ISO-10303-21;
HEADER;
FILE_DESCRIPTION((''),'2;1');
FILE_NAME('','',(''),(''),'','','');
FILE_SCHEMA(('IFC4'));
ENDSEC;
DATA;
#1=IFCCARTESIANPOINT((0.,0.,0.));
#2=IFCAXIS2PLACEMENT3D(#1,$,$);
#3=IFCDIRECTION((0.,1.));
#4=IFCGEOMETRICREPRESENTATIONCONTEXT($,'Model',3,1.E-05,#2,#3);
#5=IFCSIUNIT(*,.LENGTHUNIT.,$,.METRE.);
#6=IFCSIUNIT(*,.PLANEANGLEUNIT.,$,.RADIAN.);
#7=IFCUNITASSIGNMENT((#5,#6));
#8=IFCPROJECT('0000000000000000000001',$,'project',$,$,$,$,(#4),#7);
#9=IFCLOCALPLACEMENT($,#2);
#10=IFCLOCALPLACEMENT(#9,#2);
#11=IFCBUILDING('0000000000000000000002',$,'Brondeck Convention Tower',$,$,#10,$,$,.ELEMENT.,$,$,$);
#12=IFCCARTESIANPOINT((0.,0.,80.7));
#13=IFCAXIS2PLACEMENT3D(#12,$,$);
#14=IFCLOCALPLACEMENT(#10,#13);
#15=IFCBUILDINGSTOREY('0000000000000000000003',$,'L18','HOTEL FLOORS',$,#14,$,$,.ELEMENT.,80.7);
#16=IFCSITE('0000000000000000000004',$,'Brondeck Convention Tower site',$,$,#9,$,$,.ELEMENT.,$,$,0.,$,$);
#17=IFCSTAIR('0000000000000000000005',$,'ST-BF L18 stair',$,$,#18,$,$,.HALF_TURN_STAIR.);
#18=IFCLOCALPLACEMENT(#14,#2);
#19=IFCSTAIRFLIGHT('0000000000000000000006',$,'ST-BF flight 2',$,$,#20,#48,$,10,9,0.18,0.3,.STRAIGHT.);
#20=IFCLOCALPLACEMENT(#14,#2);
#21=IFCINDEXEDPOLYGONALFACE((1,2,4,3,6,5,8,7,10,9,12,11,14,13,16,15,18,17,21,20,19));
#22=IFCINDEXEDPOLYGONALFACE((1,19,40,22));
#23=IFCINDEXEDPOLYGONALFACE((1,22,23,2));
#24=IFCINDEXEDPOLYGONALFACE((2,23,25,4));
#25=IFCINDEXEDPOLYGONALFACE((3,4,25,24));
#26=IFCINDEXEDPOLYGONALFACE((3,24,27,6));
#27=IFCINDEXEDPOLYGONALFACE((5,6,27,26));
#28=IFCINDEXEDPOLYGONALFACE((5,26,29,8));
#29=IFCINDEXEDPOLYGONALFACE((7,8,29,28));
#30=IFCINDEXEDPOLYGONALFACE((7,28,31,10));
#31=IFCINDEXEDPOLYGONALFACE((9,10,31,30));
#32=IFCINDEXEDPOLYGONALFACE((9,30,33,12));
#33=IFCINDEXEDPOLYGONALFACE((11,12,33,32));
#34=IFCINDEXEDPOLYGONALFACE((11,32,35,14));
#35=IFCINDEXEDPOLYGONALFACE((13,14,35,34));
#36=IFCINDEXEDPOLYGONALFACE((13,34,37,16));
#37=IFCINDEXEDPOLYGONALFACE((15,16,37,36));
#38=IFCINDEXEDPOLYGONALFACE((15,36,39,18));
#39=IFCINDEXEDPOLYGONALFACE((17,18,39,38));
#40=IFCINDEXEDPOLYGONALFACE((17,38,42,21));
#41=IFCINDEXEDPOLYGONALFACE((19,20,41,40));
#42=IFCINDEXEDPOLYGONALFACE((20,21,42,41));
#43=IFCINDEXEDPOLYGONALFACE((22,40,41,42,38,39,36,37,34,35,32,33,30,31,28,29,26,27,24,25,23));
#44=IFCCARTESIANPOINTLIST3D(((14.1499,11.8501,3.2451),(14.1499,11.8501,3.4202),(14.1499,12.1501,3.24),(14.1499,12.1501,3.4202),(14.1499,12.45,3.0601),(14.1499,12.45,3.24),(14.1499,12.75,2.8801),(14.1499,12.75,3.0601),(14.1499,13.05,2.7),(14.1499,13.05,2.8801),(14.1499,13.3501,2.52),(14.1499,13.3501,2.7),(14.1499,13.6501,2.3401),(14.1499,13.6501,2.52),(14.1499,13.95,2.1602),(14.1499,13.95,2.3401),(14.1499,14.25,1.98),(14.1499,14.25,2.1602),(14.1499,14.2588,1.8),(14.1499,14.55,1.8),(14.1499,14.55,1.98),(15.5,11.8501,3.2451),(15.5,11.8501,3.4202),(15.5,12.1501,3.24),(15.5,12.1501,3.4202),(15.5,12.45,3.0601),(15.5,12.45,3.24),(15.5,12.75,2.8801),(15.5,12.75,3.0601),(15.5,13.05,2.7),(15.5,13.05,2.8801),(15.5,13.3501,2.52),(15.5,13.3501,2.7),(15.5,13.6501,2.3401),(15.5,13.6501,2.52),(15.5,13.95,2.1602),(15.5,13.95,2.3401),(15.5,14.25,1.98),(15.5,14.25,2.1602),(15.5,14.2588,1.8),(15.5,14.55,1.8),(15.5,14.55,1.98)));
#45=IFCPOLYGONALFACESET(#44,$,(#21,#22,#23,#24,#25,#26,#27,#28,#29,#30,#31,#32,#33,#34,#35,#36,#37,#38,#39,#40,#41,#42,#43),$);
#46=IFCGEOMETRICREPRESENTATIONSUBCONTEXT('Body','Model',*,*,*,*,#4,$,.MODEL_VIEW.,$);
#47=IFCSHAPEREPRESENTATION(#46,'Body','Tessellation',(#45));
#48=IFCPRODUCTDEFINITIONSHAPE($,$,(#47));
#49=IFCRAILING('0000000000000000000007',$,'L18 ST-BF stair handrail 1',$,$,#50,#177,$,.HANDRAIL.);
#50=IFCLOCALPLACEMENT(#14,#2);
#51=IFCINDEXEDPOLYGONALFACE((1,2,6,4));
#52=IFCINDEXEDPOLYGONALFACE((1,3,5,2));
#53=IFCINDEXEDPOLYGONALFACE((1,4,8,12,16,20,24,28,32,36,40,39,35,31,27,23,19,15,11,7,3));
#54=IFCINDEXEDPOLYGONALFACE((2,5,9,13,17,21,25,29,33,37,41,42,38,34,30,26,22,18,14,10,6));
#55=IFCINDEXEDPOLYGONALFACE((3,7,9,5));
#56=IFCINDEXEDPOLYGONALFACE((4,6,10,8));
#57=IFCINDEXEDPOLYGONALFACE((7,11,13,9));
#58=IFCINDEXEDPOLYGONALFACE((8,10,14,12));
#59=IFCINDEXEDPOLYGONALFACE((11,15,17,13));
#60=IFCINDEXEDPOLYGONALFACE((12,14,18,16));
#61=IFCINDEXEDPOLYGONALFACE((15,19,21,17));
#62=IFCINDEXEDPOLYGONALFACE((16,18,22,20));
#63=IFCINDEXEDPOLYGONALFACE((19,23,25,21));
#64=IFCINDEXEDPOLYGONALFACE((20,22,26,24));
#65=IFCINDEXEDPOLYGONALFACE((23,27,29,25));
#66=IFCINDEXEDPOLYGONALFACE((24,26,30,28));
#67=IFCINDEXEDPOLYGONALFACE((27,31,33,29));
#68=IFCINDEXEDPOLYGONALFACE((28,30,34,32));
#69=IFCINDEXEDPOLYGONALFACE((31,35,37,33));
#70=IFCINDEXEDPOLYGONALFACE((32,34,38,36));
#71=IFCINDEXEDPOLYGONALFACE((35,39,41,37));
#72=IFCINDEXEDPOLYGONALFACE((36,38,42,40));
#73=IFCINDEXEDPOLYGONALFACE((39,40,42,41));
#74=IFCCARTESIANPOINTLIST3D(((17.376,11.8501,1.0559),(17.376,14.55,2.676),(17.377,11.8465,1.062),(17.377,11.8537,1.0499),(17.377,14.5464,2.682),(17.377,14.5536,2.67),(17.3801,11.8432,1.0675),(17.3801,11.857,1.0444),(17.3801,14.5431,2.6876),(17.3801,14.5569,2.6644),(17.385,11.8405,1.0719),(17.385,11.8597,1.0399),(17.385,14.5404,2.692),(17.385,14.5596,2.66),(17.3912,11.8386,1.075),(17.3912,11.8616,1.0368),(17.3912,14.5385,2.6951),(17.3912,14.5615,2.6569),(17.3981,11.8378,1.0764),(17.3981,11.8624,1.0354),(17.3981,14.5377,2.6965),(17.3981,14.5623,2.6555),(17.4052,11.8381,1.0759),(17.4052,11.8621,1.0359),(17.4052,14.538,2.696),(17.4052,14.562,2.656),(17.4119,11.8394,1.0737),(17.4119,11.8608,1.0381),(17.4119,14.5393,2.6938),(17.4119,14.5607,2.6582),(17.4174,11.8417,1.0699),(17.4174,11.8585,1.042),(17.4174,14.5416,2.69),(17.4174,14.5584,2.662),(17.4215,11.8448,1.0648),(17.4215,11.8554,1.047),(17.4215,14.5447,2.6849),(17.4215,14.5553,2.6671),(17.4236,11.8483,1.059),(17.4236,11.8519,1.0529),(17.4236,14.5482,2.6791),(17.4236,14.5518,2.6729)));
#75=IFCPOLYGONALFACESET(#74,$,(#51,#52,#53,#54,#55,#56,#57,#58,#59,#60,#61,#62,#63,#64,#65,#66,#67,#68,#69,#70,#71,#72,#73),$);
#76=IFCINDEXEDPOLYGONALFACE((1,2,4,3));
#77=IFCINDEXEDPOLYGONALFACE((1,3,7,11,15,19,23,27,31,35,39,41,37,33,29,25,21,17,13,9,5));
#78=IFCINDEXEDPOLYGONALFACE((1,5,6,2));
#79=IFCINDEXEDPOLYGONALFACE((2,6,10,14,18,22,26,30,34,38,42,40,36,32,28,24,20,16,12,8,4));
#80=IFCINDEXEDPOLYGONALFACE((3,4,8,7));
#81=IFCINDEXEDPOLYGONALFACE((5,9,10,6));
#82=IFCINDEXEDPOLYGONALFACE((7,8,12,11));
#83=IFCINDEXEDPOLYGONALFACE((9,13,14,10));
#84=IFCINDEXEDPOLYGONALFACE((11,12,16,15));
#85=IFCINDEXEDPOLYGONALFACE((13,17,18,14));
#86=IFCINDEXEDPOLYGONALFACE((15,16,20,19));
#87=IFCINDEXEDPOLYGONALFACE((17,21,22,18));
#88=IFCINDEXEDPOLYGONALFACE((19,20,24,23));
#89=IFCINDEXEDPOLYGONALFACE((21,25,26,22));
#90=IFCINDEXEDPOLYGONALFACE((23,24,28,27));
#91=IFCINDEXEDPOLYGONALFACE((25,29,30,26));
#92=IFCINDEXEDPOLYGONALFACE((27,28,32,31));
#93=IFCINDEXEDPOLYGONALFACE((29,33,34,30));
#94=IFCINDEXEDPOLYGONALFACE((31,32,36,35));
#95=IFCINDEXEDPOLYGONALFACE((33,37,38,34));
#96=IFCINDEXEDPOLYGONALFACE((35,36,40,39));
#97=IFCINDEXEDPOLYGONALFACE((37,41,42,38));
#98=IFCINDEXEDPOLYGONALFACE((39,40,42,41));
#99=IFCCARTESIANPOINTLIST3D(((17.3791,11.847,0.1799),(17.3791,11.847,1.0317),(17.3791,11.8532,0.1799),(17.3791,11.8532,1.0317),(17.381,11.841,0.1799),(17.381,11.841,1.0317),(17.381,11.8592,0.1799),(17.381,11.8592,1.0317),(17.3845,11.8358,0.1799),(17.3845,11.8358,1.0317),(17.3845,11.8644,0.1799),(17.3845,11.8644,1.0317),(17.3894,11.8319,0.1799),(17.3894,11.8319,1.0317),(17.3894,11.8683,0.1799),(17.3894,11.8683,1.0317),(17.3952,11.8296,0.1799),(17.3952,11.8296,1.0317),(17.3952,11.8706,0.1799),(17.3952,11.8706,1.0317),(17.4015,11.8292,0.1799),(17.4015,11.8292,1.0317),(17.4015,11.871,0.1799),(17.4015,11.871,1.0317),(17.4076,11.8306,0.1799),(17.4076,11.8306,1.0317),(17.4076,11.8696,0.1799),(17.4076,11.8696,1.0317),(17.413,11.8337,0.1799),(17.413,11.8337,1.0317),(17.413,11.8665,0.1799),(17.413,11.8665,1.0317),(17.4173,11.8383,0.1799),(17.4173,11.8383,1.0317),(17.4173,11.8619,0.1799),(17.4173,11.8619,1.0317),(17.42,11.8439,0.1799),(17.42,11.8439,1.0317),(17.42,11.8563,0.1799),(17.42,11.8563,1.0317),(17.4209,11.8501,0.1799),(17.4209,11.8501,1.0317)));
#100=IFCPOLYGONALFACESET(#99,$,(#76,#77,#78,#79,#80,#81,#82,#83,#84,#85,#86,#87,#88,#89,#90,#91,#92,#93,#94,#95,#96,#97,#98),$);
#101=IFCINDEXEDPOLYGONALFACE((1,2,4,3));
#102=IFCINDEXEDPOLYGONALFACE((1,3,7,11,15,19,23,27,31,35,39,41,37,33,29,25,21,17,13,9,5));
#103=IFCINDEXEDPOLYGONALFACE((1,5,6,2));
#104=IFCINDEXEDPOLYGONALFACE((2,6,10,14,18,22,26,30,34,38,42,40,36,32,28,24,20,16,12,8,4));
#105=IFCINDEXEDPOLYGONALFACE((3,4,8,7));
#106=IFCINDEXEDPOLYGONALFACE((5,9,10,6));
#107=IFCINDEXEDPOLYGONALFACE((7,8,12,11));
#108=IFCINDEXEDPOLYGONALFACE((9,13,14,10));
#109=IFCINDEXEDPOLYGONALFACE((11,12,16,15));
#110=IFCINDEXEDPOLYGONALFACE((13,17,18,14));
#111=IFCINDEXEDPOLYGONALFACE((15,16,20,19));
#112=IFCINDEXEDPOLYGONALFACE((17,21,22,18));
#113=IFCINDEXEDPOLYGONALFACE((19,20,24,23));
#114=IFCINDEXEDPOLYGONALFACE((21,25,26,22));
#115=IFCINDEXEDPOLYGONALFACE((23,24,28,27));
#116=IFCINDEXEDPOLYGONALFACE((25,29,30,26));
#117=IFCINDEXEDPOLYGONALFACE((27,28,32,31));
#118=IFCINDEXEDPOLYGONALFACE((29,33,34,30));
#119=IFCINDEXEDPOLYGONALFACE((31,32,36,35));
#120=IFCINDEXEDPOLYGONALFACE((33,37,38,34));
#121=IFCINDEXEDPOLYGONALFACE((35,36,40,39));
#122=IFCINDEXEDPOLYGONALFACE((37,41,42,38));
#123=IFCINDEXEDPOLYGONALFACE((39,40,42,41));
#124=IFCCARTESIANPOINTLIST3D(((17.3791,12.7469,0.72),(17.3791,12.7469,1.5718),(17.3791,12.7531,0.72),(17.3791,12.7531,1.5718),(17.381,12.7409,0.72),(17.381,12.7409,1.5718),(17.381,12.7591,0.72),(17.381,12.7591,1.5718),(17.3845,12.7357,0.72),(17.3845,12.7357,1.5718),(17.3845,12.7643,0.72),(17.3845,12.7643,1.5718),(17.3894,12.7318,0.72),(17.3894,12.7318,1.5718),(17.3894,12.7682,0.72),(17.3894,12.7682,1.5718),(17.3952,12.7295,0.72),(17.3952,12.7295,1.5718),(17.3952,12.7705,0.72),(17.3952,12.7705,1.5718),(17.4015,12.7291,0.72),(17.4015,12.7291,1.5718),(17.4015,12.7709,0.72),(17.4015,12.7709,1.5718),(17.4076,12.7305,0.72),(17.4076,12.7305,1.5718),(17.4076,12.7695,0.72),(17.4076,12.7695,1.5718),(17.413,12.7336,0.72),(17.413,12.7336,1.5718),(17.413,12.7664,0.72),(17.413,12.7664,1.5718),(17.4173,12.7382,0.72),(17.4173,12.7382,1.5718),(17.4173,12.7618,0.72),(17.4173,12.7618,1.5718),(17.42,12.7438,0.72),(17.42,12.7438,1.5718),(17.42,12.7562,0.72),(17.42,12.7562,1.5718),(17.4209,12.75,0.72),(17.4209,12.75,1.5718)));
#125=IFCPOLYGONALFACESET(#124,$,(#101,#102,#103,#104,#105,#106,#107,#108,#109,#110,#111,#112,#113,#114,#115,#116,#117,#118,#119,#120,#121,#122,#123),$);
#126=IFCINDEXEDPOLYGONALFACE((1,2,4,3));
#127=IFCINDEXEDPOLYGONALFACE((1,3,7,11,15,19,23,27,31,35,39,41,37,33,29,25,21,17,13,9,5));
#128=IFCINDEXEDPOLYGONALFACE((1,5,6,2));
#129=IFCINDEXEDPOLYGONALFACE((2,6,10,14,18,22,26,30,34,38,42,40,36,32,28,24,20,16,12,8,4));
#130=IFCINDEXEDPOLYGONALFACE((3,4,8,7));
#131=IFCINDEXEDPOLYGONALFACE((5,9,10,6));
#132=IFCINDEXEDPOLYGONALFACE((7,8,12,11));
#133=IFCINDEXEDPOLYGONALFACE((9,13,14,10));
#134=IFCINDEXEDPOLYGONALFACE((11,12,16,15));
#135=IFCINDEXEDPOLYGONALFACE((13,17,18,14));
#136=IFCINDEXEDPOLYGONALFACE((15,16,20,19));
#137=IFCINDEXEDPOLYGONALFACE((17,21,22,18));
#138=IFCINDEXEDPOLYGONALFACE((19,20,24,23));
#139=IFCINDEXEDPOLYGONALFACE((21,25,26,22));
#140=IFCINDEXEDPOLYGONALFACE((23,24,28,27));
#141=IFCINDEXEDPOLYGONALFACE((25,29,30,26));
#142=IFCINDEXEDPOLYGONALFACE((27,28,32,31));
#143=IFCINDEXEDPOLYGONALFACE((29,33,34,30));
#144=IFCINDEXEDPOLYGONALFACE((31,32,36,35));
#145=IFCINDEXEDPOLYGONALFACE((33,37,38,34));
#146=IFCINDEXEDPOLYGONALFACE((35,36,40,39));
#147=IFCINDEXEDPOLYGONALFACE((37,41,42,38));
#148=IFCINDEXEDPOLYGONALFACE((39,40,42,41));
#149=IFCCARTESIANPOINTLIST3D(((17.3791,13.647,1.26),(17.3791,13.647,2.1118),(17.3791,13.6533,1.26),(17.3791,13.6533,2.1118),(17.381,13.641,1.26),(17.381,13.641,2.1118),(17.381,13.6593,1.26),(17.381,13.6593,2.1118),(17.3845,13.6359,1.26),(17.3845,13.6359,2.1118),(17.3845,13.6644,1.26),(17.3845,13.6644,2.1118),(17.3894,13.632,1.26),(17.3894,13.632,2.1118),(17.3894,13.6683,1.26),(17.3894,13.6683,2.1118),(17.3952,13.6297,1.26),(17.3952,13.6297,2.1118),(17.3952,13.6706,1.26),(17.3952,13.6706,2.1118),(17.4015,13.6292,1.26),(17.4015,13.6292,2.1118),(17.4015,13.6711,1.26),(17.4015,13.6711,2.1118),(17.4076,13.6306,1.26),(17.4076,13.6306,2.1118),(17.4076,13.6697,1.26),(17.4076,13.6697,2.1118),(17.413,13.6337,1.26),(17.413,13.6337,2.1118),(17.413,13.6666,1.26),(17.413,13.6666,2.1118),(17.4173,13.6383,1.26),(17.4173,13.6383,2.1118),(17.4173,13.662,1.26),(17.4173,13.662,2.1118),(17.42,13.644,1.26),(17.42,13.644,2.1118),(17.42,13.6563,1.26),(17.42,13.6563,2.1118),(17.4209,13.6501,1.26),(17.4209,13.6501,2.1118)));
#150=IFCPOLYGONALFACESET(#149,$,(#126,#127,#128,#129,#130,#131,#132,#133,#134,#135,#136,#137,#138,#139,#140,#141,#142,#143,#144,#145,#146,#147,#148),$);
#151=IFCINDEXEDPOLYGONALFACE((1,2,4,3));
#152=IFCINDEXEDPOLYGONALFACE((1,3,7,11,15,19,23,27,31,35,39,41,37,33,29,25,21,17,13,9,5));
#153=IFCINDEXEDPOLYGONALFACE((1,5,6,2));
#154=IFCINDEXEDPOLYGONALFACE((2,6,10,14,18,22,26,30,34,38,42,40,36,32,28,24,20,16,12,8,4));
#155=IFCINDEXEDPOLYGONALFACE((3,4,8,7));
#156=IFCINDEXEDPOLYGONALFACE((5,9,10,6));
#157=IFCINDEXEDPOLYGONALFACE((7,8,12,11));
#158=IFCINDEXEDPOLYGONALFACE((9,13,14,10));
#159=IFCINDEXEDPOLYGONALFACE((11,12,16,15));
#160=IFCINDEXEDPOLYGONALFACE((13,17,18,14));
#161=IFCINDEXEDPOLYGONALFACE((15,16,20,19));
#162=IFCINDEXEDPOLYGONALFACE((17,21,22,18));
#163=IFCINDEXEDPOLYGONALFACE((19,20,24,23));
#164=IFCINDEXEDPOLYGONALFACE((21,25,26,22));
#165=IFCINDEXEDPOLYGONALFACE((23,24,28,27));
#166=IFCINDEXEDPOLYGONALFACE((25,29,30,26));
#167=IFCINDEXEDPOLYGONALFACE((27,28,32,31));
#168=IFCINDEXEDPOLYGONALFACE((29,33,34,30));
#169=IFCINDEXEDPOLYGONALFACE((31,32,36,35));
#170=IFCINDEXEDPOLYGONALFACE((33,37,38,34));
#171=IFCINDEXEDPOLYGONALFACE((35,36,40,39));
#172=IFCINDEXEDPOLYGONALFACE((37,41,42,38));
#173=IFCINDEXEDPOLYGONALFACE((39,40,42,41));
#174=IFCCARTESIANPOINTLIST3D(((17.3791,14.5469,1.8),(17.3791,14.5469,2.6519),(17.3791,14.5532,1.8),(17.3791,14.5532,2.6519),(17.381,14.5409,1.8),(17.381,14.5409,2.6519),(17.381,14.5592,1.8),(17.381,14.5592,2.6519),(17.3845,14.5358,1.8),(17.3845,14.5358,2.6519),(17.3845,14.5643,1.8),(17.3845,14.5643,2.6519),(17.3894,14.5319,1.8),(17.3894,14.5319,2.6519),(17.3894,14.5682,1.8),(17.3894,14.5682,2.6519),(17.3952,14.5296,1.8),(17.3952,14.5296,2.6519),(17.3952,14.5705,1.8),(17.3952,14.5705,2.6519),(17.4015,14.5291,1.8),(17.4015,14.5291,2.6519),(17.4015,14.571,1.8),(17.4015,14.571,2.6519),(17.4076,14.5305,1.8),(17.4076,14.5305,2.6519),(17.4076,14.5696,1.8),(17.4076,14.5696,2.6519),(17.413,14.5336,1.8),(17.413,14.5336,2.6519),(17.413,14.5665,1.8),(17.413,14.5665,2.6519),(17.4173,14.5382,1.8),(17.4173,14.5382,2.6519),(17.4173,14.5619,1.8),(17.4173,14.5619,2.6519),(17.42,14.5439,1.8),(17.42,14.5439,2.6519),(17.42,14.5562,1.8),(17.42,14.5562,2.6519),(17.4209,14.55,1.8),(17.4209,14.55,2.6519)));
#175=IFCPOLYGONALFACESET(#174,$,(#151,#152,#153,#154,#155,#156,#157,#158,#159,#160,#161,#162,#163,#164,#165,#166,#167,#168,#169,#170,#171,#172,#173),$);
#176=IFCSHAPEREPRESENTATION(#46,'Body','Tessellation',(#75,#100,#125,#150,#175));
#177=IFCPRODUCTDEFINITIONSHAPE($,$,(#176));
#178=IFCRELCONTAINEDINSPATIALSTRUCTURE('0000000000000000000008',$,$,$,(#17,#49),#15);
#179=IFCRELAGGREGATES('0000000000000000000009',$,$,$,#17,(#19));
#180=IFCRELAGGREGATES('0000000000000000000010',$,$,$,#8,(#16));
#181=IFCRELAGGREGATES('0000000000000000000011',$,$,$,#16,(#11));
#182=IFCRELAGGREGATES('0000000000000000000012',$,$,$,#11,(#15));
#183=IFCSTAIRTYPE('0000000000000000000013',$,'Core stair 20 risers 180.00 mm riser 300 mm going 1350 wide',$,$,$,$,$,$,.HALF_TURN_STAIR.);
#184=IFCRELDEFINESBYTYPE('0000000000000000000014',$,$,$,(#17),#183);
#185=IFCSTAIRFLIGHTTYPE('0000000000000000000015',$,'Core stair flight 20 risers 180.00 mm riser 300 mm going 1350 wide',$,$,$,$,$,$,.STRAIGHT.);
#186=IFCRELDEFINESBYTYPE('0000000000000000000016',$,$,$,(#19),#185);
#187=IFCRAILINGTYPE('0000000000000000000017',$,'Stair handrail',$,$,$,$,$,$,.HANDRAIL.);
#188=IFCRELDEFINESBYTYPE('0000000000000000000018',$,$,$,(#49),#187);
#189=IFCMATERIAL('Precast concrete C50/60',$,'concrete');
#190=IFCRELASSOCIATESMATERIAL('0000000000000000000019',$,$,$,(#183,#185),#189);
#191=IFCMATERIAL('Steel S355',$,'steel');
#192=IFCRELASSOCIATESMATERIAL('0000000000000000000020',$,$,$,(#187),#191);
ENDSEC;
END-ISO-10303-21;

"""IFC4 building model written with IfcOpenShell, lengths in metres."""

from ifc_helpers import new_model, si_unit, direction, frame, origin, origin_2d, place, context, subcontext, project, spatial, polyline, circle, outline, extrude, material, type_object, element, aggregate, save


model = new_model("IFC4")

# Units and contexts
model_context = context("Model", 3, precision=1e-05, world=origin(), true_north=direction((0.0, 1.0)))
body_context = subcontext(model_context, "Body", "Model", "MODEL_VIEW")
ifc_project = project(units=[si_unit("LENGTHUNIT", "METRE"), si_unit("PLANEANGLEUNIT", "RADIAN")], contexts=[model_context])

# Site, building, storey
site_placement = place(None, origin())
site = spatial("IfcSite", under=ifc_project, at=site_placement, Name="Brondeck Convention Tower site", CompositionType="ELEMENT", RefElevation=0.0)
building_placement = place(site_placement, origin())
building = spatial("IfcBuilding", under=site, at=building_placement, Name="Brondeck Convention Tower", CompositionType="ELEMENT")
storey_placement = place(building_placement, frame((0.0, 0.0, 80.7)))
storey = spatial("IfcBuildingStorey", under=building, at=storey_placement, Name="L18", Description="HOTEL FLOORS", CompositionType="ELEMENT", Elevation=80.7)

# Shared definitions
ifc_material_1 = material(Name="Steel S355", Category="steel")

# Stair, stair flight
ifc_material_2 = material(Name="Precast concrete C50/60", Category="concrete")
stair_type = type_object("IfcStairType", Name="Core stair 20 risers 180.00 mm riser 300 mm going 1350 wide", PredefinedType="HALF_TURN_STAIR", material=ifc_material_2)
stair_placement = place(storey_placement, origin())
stair = element("IfcStair", 1, at=stair_placement, inside=storey, type_object=stair_type, Name="ST-BF L18 stair", PredefinedType="HALF_TURN_STAIR")
stair_flight_type = type_object("IfcStairFlightType", Name="Core stair flight 20 risers 180.00 mm riser 300 mm going 1350 wide", PredefinedType="STRAIGHT", material=ifc_material_2)
stair_flight_1_placement = place(storey_placement, frame((14.825, 14.55, 1.8), z_axis=(0.0, 0.0, 1.0), x_axis=(0.0, -1.0, 0.0)))
stair_flight_1 = element("IfcStairFlight", 2, at=stair_flight_1_placement, type_object=stair_flight_type, Name="ST-BF flight 2", NumberOfRisers=10, NumberOfTreads=9, PredefinedType="STRAIGHT", RiserHeight=0.18, TreadLength=0.3, context=body_context, shape_type="SweptSolid", body=[
    extrude(outline(polyline([(0.0, 0.0), (0.0, 0.1799), (0.3, 0.1799), (0.3, 0.3601), (0.6001, 0.3601), (0.6001, 0.54), (0.8999, 0.54), (0.8999, 0.72), (1.2, 0.72), (1.2, 0.8999), (1.5, 0.8999), (1.5, 1.0801), (1.8, 1.0801), (1.8, 1.26), (2.1001, 1.26), (2.1001, 1.4399), (2.3999, 1.4399), (2.3999, 1.6201), (2.7, 1.6201), (2.7, 1.8), (2.7, 1.4451), (0.2913, 0.0), (0.0, 0.0)])), frame((0.0, 0.675, 0.0), z_axis=(0.0, -1.0, 0.0), x_axis=(1.0, 0.0, 0.0)), (0.0, 0.0, 1.0), 1.3501),
])
aggregate(stair, [stair_flight_1])

# Railing
railing_type = type_object("IfcRailingType", Name="Stair handrail", PredefinedType="HANDRAIL", material=ifc_material_1)
railing_1_placement = place(storey_placement, frame((17.3999, 11.8501, 0.1799)))
element("IfcRailing", 3, at=railing_1_placement, inside=storey, type_object=railing_type, Name="L18 ST-BF stair handrail 1", PredefinedType="HANDRAIL", context=body_context, shape_type="SweptSolid", body=[
    extrude(circle(Radius=0.0239, at=origin_2d()), frame((0.0, 0.0, 0.876), z_axis=(0.0, 0.857472, 0.51453), x_axis=(-1.0, 0.0, 0.0)), (0.0, 0.0, 1.0), 3.1487),
    extrude(circle(Radius=0.021, at=origin_2d()), origin(), (0.0, 0.0, 1.0), 0.8518),
    extrude(circle(Radius=0.021, at=origin_2d()), frame((0.0, 0.8999, 0.54)), (0.0, 0.0, 1.0), 0.8518),
    extrude(circle(Radius=0.021, at=origin_2d()), frame((0.0, 1.8, 1.0801)), (0.0, 0.0, 1.0), 0.8518),
    extrude(circle(Radius=0.021, at=origin_2d()), frame((0.0, 2.7, 1.6201)), (0.0, 0.0, 1.0), 0.8518),
])

save(model, "model.ifc")
